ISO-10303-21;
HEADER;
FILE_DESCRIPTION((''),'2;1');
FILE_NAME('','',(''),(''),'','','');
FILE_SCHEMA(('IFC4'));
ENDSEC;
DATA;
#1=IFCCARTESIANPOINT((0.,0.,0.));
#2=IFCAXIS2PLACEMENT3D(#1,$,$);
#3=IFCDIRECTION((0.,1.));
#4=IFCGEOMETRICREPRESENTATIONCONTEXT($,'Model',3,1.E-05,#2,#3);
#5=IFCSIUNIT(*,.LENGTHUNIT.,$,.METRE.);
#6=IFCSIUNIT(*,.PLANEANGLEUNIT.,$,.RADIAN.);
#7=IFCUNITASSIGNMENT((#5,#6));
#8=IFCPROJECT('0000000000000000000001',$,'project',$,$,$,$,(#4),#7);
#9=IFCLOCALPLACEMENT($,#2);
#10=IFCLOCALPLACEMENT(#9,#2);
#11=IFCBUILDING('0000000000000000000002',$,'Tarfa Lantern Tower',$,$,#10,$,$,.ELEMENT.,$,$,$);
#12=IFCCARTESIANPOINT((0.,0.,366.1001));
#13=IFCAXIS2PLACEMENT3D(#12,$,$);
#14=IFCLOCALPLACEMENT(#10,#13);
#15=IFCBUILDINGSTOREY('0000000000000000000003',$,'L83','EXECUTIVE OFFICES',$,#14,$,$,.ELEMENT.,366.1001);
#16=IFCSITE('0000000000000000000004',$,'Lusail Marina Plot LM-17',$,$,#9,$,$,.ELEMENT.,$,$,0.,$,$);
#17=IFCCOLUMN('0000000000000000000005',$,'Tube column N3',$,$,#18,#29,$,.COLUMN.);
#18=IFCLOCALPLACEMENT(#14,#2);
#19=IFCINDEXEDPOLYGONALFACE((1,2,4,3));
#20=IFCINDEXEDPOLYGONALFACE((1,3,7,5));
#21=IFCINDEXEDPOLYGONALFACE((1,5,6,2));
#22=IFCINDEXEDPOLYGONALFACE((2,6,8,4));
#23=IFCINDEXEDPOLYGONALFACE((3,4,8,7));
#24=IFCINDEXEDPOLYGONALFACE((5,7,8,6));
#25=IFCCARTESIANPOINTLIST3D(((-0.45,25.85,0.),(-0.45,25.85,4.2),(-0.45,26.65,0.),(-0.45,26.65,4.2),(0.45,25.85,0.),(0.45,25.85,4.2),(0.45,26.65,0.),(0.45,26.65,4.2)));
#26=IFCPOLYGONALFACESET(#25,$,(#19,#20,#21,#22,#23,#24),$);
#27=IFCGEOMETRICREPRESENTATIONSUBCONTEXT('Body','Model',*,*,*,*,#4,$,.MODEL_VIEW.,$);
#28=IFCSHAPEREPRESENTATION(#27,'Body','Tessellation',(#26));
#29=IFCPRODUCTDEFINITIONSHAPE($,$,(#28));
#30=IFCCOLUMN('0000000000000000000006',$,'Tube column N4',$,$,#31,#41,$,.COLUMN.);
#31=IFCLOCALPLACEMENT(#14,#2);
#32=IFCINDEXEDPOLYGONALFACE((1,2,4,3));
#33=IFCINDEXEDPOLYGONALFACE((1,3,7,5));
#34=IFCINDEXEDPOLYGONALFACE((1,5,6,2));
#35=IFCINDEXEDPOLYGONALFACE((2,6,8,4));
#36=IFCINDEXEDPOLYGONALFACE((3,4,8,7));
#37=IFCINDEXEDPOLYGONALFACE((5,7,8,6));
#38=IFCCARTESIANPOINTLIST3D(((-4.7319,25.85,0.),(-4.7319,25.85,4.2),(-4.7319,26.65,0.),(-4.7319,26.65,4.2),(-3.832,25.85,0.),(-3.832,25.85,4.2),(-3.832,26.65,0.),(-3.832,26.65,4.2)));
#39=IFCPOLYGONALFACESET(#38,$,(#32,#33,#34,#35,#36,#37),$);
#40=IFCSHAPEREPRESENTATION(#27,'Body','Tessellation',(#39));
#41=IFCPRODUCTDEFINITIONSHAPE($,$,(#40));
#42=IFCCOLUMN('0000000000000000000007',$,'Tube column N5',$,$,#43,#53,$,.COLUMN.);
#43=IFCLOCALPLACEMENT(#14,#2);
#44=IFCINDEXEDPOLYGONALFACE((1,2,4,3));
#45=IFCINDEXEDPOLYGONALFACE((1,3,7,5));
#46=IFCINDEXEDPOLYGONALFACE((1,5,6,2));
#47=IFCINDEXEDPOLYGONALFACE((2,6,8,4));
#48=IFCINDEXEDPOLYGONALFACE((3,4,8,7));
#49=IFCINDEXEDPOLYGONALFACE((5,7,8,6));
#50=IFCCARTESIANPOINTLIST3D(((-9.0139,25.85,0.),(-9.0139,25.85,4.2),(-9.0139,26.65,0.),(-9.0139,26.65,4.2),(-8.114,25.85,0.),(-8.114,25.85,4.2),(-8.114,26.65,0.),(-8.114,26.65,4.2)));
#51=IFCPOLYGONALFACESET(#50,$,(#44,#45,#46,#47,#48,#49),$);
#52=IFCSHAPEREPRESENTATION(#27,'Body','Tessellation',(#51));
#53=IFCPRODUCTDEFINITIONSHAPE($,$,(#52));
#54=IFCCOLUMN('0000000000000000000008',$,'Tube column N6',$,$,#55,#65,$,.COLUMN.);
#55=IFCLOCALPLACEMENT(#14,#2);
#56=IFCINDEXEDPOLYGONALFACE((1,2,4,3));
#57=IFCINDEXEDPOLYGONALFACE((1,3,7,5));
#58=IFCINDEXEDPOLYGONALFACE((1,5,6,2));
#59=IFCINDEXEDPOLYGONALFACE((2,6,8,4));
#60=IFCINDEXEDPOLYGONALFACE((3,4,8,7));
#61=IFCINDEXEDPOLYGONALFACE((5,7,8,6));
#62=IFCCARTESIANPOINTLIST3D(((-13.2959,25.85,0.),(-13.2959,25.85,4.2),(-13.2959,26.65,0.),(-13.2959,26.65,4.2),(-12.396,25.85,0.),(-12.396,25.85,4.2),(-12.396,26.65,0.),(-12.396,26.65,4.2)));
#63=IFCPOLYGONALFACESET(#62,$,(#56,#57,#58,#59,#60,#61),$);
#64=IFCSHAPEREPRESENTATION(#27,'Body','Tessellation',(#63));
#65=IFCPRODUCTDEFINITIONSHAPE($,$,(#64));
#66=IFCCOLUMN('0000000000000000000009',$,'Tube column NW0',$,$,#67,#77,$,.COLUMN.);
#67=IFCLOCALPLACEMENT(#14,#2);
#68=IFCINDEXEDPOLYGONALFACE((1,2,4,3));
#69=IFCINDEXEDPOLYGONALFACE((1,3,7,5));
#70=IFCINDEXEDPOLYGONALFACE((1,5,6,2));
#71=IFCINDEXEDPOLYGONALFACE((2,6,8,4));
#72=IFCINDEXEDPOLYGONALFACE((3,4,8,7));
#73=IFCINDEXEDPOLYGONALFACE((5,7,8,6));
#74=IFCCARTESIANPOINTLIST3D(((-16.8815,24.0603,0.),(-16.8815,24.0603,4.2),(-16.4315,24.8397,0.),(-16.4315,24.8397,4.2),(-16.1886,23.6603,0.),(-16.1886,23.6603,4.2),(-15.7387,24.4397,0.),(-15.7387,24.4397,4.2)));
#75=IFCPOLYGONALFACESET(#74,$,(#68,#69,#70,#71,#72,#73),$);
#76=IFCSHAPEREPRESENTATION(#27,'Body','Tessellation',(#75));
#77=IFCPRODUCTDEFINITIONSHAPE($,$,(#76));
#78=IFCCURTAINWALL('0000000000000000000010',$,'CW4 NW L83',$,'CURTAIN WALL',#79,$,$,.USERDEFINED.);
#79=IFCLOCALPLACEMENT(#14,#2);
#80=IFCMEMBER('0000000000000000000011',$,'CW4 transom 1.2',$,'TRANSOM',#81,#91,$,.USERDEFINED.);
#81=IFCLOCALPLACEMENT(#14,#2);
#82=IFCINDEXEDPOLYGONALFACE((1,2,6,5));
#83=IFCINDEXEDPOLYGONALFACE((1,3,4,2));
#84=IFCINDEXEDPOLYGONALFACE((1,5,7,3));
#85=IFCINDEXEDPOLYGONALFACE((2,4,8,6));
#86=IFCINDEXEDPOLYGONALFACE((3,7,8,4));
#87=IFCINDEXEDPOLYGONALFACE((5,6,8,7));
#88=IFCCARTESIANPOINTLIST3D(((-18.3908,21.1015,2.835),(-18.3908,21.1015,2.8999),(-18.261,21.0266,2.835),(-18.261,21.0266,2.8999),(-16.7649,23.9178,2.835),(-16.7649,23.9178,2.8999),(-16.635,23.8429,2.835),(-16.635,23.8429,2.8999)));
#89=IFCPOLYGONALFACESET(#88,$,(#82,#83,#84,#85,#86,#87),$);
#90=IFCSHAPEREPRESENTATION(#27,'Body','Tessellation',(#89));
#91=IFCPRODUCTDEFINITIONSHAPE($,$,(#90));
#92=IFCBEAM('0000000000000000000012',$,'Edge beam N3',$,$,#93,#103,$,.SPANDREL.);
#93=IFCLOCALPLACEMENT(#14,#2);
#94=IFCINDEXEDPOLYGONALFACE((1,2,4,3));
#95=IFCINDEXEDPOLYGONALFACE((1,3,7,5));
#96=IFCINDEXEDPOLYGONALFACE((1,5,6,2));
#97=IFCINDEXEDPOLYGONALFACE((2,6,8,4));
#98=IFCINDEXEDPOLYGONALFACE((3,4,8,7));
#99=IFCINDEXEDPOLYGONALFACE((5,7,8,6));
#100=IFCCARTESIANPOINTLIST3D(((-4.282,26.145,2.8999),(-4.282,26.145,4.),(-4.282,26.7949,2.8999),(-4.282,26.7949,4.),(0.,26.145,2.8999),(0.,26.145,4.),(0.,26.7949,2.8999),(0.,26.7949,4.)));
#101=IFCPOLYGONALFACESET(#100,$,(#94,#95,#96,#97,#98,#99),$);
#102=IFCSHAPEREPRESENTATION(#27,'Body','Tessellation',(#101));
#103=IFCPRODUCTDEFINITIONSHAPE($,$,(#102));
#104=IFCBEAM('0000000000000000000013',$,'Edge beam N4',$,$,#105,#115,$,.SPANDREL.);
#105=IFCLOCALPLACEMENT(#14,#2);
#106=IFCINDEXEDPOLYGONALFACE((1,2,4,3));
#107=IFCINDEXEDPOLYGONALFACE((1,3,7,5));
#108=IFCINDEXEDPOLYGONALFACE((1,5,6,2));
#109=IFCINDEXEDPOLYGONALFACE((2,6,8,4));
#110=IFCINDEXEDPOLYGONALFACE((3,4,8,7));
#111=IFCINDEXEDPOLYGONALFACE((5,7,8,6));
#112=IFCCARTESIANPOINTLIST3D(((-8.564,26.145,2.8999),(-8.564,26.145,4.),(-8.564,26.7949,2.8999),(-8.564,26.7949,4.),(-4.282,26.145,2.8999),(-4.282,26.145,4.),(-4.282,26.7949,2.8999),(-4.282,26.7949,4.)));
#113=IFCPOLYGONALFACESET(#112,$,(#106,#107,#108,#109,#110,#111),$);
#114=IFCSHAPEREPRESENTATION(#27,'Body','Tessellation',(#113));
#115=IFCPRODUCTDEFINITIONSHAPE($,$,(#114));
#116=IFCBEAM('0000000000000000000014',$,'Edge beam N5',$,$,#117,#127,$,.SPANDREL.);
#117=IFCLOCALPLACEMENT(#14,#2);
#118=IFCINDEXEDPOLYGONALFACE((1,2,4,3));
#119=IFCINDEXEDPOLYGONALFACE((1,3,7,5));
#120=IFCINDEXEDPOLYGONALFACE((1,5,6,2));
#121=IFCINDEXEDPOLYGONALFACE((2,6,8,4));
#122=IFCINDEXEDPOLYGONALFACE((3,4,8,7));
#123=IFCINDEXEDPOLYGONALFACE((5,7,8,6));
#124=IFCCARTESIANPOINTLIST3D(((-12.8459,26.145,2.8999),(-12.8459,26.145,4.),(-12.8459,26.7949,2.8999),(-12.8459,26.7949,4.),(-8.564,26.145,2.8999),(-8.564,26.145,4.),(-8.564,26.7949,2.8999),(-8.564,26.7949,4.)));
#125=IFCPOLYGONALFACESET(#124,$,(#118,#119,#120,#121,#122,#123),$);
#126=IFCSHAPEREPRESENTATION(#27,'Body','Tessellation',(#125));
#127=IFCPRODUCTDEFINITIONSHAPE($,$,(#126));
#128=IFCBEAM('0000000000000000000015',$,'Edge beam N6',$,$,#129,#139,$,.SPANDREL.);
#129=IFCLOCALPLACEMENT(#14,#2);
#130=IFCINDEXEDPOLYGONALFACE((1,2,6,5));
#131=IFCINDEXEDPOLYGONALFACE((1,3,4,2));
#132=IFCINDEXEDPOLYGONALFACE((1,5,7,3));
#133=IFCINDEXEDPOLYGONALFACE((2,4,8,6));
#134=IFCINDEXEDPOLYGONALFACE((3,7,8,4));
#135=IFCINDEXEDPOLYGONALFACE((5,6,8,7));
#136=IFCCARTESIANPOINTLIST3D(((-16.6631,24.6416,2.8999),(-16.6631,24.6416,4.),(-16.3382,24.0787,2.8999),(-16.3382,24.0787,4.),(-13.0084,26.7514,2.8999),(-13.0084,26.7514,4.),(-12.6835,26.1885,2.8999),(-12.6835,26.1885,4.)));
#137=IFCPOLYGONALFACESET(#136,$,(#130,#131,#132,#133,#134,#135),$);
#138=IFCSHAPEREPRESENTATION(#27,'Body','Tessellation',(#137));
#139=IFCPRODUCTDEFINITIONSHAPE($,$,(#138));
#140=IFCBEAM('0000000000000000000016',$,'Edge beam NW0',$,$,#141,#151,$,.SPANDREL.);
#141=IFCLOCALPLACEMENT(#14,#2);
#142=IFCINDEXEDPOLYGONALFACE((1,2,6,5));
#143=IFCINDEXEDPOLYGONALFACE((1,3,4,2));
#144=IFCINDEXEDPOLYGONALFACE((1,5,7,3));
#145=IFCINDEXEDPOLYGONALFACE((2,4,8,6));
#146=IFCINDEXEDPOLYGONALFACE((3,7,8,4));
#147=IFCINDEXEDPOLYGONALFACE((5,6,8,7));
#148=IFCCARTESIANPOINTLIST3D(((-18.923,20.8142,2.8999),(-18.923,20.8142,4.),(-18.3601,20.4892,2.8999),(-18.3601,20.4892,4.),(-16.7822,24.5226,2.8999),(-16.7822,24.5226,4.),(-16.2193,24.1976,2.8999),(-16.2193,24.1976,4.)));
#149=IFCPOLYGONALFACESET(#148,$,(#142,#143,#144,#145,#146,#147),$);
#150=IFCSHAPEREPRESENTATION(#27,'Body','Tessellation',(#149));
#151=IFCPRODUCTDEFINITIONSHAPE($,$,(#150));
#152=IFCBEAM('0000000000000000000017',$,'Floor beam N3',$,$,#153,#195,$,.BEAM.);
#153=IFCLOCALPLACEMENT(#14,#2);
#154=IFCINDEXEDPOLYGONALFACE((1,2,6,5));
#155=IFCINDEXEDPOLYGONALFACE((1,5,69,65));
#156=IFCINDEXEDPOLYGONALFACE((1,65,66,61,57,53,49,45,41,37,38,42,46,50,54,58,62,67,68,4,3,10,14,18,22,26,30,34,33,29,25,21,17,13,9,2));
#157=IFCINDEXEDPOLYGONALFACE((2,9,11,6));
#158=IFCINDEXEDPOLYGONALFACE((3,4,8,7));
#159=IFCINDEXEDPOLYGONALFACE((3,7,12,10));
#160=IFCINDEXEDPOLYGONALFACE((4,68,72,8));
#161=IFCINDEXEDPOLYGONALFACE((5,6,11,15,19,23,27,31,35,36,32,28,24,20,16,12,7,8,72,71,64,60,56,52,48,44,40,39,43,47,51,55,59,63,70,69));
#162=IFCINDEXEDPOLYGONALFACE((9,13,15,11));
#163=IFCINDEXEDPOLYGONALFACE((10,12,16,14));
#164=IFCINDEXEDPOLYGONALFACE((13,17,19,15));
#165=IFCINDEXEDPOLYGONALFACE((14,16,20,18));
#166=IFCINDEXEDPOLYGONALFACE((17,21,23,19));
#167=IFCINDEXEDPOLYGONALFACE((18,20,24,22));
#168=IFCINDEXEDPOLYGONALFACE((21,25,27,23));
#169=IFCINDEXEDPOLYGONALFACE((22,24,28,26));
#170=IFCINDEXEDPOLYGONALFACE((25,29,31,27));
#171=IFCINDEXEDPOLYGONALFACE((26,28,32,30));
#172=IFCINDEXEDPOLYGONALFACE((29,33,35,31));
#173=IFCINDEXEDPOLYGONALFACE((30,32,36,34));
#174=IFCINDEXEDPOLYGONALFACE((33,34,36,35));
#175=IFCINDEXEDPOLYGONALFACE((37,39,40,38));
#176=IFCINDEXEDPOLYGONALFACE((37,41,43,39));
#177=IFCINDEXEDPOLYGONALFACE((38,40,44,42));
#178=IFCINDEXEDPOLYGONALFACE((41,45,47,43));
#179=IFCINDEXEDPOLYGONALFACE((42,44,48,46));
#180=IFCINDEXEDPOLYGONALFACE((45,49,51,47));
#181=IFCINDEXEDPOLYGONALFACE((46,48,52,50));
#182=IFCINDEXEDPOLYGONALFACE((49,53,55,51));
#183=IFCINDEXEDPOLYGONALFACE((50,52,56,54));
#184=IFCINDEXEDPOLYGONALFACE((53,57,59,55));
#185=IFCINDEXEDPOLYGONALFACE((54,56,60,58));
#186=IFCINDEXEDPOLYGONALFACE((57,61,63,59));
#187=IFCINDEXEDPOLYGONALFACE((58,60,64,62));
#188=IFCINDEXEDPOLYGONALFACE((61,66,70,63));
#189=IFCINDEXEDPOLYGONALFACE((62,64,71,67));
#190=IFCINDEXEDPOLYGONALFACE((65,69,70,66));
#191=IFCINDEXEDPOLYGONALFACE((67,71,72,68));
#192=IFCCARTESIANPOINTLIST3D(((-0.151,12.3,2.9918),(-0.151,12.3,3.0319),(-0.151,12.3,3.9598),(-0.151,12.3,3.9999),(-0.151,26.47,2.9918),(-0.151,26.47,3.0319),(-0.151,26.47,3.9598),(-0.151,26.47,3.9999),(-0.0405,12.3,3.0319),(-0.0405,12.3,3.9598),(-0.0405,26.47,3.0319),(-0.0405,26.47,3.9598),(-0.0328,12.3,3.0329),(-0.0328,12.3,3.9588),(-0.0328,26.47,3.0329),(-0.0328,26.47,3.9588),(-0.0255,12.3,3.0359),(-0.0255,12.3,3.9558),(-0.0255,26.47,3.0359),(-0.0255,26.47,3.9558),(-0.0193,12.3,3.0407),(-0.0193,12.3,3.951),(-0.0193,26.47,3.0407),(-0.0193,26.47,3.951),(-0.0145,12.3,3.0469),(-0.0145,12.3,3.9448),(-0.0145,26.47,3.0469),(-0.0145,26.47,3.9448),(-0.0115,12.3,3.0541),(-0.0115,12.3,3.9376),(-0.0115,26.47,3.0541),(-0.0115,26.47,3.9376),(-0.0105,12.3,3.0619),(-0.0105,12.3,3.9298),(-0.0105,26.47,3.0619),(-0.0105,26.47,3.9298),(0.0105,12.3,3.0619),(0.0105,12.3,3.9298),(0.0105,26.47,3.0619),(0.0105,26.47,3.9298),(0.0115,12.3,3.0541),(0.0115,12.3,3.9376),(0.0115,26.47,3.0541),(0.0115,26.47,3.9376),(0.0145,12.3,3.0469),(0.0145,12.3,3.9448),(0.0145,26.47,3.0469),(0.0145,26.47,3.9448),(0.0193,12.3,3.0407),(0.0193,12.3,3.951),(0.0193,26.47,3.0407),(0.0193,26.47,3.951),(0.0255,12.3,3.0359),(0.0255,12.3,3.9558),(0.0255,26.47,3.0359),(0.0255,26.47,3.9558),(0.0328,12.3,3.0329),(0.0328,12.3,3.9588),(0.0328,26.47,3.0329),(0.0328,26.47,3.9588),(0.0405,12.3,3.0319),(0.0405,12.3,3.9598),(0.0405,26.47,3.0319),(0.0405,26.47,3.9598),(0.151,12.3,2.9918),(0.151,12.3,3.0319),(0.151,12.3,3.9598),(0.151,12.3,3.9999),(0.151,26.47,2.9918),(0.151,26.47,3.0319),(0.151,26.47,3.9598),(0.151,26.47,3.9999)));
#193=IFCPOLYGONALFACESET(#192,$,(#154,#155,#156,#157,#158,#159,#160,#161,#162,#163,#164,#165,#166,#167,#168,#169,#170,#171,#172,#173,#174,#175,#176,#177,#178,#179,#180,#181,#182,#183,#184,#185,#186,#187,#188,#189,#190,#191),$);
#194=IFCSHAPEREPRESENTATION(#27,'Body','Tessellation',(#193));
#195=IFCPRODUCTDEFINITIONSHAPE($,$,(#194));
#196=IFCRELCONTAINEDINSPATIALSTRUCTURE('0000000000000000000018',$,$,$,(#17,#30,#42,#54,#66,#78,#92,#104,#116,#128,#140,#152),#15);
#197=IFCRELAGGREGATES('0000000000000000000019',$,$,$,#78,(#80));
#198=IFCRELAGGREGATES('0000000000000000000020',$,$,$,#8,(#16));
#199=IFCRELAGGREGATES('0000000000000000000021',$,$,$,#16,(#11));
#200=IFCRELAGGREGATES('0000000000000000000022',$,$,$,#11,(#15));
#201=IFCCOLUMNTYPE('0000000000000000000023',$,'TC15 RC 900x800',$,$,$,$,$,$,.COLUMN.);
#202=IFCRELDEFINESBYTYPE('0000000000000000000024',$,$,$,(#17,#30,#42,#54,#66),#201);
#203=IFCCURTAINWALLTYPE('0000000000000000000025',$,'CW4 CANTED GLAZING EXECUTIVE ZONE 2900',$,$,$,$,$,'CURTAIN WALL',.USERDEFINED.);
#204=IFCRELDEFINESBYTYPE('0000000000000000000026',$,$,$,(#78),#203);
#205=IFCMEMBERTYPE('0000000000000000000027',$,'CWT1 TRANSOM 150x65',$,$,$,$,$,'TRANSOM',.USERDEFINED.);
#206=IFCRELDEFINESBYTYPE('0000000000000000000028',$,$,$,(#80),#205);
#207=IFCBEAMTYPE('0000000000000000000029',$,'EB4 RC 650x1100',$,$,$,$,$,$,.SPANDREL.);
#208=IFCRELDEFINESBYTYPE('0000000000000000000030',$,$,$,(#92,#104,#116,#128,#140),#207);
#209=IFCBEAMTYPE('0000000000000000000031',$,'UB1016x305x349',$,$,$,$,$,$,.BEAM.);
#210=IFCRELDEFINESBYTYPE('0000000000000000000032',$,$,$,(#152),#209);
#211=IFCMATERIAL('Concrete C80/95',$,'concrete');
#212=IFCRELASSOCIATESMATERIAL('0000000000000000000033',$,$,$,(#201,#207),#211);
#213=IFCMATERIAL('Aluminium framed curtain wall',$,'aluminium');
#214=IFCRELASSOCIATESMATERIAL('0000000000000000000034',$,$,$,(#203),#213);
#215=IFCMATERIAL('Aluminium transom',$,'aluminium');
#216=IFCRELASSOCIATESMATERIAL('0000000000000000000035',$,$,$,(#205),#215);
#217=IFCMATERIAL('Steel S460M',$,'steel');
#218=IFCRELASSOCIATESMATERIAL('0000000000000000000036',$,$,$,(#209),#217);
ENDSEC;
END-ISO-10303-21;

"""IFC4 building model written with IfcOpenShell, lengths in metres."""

from ifc_helpers import new_model, si_unit, direction, frame, origin, origin_2d, place, context, subcontext, project, spatial, rectangle, i_section, extrude, material, material_profile, profile_set, type_object, element, aggregate, save


model = new_model("IFC4")

# Units and contexts
model_context = context("Model", 3, precision=1e-05, world=origin(), true_north=direction((0.0, 1.0)))
body_context = subcontext(model_context, "Body", "Model", "MODEL_VIEW")
ifc_project = project(units=[si_unit("LENGTHUNIT", "METRE"), si_unit("PLANEANGLEUNIT", "RADIAN")], contexts=[model_context])

# Site, building, storey
site_placement = place(None, origin())
site = spatial("IfcSite", under=ifc_project, at=site_placement, Name="Lusail Marina Plot LM-17", CompositionType="ELEMENT", RefElevation=0.0)
building_placement = place(site_placement, origin())
building = spatial("IfcBuilding", under=site, at=building_placement, Name="Tarfa Lantern Tower", CompositionType="ELEMENT")
storey_placement = place(building_placement, frame((0.0, 0.0, 366.1001)))
storey = spatial("IfcBuildingStorey", under=building, at=storey_placement, Name="L83", Description="EXECUTIVE OFFICES", CompositionType="ELEMENT", Elevation=366.1001)

# Columns
ifc_material_1 = material(Name="Concrete C80/95", Category="concrete")
ifc_material_profile_1 = material_profile(ifc_material_1, rectangle(XDim=0.8999, YDim=0.8, at=origin_2d()), Name="RC 900x800")
ifc_profile_set_1 = profile_set([ifc_material_profile_1], Name="Concrete C80/95")
column_type = type_object("IfcColumnType", Name="TC15 RC 900x800", PredefinedType="COLUMN", material=ifc_profile_set_1)
for number, where, z_axis, x_axis, name in (
    (1, (0.0, 26.25, 0.0), (0.0, 0.0, 1.0), (-1.0, 0.0, 0.0), "Tube column N3"),
    (2, (-4.282, 26.25, 0.0), (0.0, 0.0, 1.0), (-1.0, 0.0, 0.0), "Tube column N4"),
    (3, (-8.564, 26.25, 0.0), (0.0, 0.0, 1.0), (-1.0, 0.0, 0.0), "Tube column N5"),
    (4, (-12.8459, 26.25, 0.0), (0.0, 0.0, 1.0), (-1.0, 0.0, 0.0), "Tube column N6"),
    (5, (-16.3101, 24.25, 0.0), (0.0, 0.0, 1.0), (-0.5, -0.866025, 0.0), "Tube column NW0"),
):
    element("IfcColumn", number, at=place(storey_placement, frame(where, z_axis=z_axis, x_axis=x_axis)), inside=storey, type_object=column_type, Name=name, PredefinedType="COLUMN", context=body_context, shape_type="SweptSolid", body=[
        extrude(rectangle(XDim=0.8999, YDim=0.8, at=origin_2d()), origin(), (0.0, 0.0, 1.0), 4.2),
    ])

# Curtain wall, member
ifc_material_2 = material(Name="Aluminium framed curtain wall", Category="aluminium")
curtain_wall_type = type_object("IfcCurtainWallType", Name="CW4 CANTED GLAZING EXECUTIVE ZONE 2900", ElementType="CURTAIN WALL", PredefinedType="USERDEFINED", material=ifc_material_2)
curtain_wall_placement = place(storey_placement, origin())
curtain_wall = element("IfcCurtainWall", 6, at=curtain_wall_placement, inside=storey, type_object=curtain_wall_type, Name="CW4 NW L83", ObjectType="CURTAIN WALL", PredefinedType="USERDEFINED")
ifc_material_3 = material(Name="Aluminium transom", Category="aluminium")
ifc_material_profile_2 = material_profile(ifc_material_3, rectangle(XDim=0.1499, YDim=0.0649, at=origin_2d()), Name="AL TRANSOM 150x65")
ifc_profile_set_2 = profile_set([ifc_material_profile_2], Name="Aluminium transom")
member_type = type_object("IfcMemberType", Name="CWT1 TRANSOM 150x65", ElementType="TRANSOM", PredefinedType="USERDEFINED", material=ifc_profile_set_2)
member_placement = place(storey_placement, frame((-16.7, 23.8804, 2.8674), z_axis=(-0.499982, -0.866036, 0.0), x_axis=(0.866036, -0.499982, 0.0)))
member = element("IfcMember", 7, at=member_placement, type_object=member_type, Name="CW4 transom 1.2", ObjectType="TRANSOM", PredefinedType="USERDEFINED", context=body_context, shape_type="SweptSolid", body=[
    extrude(rectangle(XDim=0.1499, YDim=0.0649, at=origin_2d()), origin(), (0.0, 0.0, 1.0), 3.252),
])
aggregate(curtain_wall, [member])

# Beams
ifc_material_profile_3 = material_profile(ifc_material_1, rectangle(XDim=0.6499, YDim=1.1001, at=origin_2d()), Name="RC 650x1100")
ifc_profile_set_3 = profile_set([ifc_material_profile_3], Name="Concrete C80/95")
beam_type_1 = type_object("IfcBeamType", Name="EB4 RC 650x1100", PredefinedType="SPANDREL", material=ifc_profile_set_3)
for number, where, z_axis, x_axis, name in (
    (8, (0.0, 26.47, 3.45), (-1.0, 0.0, 0.0), (0.0, -1.0, 0.0), "Edge beam N3"),
    (9, (-4.282, 26.47, 3.45), (-1.0, 0.0, 0.0), (0.0, -1.0, 0.0), "Edge beam N4"),
    (10, (-8.564, 26.47, 3.45), (-1.0, 0.0, 0.0), (0.0, -1.0, 0.0), "Edge beam N5"),
):
    element("IfcBeam", number, at=place(storey_placement, frame(where, z_axis=z_axis, x_axis=x_axis)), inside=storey, type_object=beam_type_1, Name=name, PredefinedType="SPANDREL", context=body_context, shape_type="SweptSolid", body=[
        extrude(rectangle(XDim=0.6499, YDim=1.1001, at=origin_2d()), origin(), (0.0, 0.0, 1.0), 4.282),
    ])
beam_1_placement = place(storey_placement, frame((-12.8459, 26.47, 3.45), z_axis=(-0.866049, -0.499959, 0.0), x_axis=(0.499959, -0.866049, 0.0)))
element("IfcBeam", 11, at=beam_1_placement, inside=storey, type_object=beam_type_1, Name="Edge beam N6", PredefinedType="SPANDREL", context=body_context, shape_type="SweptSolid", body=[
    extrude(rectangle(XDim=0.6499, YDim=1.1001, at=origin_2d()), origin(), (0.0, 0.0, 1.0), 4.22),
])
beam_2_placement = place(storey_placement, frame((-16.5007, 24.3601, 3.45), z_axis=(-0.499959, -0.866049, 0.0), x_axis=(0.866049, -0.499959, 0.0)))
element("IfcBeam", 12, at=beam_2_placement, inside=storey, type_object=beam_type_1, Name="Edge beam NW0", PredefinedType="SPANDREL", context=body_context, shape_type="SweptSolid", body=[
    extrude(rectangle(XDim=0.6499, YDim=1.1001, at=origin_2d()), origin(), (0.0, 0.0, 1.0), 4.282),
])
ifc_material_4 = material(Name="Steel S460M", Category="steel")
ifc_material_profile_4 = material_profile(ifc_material_4, i_section(OverallWidth=0.302, OverallDepth=1.0081, WebThickness=0.021, FlangeThickness=0.04, FilletRadius=0.03, at=origin_2d()), Name="UB1016x305x349")
ifc_profile_set_4 = profile_set([ifc_material_profile_4], Name="Steel S460M")
beam_type_2 = type_object("IfcBeamType", Name="UB1016x305x349", PredefinedType="BEAM", material=ifc_profile_set_4)
for number, where, z_axis, x_axis, name in (
    (13, (0.0, 26.47, 3.4958), (0.0, -1.0, 0.0), (1.0, 0.0, 0.0), "Floor beam N3"),
):
    element("IfcBeam", number, at=place(storey_placement, frame(where, z_axis=z_axis, x_axis=x_axis)), inside=storey, type_object=beam_type_2, Name=name, PredefinedType="BEAM", context=body_context, shape_type="SweptSolid", body=[
        extrude(i_section(OverallWidth=0.302, OverallDepth=1.0081, WebThickness=0.021, FlangeThickness=0.04, FilletRadius=0.03, at=origin_2d()), origin(), (0.0, 0.0, 1.0), 14.1699),
    ])

save(model, "model.ifc")
